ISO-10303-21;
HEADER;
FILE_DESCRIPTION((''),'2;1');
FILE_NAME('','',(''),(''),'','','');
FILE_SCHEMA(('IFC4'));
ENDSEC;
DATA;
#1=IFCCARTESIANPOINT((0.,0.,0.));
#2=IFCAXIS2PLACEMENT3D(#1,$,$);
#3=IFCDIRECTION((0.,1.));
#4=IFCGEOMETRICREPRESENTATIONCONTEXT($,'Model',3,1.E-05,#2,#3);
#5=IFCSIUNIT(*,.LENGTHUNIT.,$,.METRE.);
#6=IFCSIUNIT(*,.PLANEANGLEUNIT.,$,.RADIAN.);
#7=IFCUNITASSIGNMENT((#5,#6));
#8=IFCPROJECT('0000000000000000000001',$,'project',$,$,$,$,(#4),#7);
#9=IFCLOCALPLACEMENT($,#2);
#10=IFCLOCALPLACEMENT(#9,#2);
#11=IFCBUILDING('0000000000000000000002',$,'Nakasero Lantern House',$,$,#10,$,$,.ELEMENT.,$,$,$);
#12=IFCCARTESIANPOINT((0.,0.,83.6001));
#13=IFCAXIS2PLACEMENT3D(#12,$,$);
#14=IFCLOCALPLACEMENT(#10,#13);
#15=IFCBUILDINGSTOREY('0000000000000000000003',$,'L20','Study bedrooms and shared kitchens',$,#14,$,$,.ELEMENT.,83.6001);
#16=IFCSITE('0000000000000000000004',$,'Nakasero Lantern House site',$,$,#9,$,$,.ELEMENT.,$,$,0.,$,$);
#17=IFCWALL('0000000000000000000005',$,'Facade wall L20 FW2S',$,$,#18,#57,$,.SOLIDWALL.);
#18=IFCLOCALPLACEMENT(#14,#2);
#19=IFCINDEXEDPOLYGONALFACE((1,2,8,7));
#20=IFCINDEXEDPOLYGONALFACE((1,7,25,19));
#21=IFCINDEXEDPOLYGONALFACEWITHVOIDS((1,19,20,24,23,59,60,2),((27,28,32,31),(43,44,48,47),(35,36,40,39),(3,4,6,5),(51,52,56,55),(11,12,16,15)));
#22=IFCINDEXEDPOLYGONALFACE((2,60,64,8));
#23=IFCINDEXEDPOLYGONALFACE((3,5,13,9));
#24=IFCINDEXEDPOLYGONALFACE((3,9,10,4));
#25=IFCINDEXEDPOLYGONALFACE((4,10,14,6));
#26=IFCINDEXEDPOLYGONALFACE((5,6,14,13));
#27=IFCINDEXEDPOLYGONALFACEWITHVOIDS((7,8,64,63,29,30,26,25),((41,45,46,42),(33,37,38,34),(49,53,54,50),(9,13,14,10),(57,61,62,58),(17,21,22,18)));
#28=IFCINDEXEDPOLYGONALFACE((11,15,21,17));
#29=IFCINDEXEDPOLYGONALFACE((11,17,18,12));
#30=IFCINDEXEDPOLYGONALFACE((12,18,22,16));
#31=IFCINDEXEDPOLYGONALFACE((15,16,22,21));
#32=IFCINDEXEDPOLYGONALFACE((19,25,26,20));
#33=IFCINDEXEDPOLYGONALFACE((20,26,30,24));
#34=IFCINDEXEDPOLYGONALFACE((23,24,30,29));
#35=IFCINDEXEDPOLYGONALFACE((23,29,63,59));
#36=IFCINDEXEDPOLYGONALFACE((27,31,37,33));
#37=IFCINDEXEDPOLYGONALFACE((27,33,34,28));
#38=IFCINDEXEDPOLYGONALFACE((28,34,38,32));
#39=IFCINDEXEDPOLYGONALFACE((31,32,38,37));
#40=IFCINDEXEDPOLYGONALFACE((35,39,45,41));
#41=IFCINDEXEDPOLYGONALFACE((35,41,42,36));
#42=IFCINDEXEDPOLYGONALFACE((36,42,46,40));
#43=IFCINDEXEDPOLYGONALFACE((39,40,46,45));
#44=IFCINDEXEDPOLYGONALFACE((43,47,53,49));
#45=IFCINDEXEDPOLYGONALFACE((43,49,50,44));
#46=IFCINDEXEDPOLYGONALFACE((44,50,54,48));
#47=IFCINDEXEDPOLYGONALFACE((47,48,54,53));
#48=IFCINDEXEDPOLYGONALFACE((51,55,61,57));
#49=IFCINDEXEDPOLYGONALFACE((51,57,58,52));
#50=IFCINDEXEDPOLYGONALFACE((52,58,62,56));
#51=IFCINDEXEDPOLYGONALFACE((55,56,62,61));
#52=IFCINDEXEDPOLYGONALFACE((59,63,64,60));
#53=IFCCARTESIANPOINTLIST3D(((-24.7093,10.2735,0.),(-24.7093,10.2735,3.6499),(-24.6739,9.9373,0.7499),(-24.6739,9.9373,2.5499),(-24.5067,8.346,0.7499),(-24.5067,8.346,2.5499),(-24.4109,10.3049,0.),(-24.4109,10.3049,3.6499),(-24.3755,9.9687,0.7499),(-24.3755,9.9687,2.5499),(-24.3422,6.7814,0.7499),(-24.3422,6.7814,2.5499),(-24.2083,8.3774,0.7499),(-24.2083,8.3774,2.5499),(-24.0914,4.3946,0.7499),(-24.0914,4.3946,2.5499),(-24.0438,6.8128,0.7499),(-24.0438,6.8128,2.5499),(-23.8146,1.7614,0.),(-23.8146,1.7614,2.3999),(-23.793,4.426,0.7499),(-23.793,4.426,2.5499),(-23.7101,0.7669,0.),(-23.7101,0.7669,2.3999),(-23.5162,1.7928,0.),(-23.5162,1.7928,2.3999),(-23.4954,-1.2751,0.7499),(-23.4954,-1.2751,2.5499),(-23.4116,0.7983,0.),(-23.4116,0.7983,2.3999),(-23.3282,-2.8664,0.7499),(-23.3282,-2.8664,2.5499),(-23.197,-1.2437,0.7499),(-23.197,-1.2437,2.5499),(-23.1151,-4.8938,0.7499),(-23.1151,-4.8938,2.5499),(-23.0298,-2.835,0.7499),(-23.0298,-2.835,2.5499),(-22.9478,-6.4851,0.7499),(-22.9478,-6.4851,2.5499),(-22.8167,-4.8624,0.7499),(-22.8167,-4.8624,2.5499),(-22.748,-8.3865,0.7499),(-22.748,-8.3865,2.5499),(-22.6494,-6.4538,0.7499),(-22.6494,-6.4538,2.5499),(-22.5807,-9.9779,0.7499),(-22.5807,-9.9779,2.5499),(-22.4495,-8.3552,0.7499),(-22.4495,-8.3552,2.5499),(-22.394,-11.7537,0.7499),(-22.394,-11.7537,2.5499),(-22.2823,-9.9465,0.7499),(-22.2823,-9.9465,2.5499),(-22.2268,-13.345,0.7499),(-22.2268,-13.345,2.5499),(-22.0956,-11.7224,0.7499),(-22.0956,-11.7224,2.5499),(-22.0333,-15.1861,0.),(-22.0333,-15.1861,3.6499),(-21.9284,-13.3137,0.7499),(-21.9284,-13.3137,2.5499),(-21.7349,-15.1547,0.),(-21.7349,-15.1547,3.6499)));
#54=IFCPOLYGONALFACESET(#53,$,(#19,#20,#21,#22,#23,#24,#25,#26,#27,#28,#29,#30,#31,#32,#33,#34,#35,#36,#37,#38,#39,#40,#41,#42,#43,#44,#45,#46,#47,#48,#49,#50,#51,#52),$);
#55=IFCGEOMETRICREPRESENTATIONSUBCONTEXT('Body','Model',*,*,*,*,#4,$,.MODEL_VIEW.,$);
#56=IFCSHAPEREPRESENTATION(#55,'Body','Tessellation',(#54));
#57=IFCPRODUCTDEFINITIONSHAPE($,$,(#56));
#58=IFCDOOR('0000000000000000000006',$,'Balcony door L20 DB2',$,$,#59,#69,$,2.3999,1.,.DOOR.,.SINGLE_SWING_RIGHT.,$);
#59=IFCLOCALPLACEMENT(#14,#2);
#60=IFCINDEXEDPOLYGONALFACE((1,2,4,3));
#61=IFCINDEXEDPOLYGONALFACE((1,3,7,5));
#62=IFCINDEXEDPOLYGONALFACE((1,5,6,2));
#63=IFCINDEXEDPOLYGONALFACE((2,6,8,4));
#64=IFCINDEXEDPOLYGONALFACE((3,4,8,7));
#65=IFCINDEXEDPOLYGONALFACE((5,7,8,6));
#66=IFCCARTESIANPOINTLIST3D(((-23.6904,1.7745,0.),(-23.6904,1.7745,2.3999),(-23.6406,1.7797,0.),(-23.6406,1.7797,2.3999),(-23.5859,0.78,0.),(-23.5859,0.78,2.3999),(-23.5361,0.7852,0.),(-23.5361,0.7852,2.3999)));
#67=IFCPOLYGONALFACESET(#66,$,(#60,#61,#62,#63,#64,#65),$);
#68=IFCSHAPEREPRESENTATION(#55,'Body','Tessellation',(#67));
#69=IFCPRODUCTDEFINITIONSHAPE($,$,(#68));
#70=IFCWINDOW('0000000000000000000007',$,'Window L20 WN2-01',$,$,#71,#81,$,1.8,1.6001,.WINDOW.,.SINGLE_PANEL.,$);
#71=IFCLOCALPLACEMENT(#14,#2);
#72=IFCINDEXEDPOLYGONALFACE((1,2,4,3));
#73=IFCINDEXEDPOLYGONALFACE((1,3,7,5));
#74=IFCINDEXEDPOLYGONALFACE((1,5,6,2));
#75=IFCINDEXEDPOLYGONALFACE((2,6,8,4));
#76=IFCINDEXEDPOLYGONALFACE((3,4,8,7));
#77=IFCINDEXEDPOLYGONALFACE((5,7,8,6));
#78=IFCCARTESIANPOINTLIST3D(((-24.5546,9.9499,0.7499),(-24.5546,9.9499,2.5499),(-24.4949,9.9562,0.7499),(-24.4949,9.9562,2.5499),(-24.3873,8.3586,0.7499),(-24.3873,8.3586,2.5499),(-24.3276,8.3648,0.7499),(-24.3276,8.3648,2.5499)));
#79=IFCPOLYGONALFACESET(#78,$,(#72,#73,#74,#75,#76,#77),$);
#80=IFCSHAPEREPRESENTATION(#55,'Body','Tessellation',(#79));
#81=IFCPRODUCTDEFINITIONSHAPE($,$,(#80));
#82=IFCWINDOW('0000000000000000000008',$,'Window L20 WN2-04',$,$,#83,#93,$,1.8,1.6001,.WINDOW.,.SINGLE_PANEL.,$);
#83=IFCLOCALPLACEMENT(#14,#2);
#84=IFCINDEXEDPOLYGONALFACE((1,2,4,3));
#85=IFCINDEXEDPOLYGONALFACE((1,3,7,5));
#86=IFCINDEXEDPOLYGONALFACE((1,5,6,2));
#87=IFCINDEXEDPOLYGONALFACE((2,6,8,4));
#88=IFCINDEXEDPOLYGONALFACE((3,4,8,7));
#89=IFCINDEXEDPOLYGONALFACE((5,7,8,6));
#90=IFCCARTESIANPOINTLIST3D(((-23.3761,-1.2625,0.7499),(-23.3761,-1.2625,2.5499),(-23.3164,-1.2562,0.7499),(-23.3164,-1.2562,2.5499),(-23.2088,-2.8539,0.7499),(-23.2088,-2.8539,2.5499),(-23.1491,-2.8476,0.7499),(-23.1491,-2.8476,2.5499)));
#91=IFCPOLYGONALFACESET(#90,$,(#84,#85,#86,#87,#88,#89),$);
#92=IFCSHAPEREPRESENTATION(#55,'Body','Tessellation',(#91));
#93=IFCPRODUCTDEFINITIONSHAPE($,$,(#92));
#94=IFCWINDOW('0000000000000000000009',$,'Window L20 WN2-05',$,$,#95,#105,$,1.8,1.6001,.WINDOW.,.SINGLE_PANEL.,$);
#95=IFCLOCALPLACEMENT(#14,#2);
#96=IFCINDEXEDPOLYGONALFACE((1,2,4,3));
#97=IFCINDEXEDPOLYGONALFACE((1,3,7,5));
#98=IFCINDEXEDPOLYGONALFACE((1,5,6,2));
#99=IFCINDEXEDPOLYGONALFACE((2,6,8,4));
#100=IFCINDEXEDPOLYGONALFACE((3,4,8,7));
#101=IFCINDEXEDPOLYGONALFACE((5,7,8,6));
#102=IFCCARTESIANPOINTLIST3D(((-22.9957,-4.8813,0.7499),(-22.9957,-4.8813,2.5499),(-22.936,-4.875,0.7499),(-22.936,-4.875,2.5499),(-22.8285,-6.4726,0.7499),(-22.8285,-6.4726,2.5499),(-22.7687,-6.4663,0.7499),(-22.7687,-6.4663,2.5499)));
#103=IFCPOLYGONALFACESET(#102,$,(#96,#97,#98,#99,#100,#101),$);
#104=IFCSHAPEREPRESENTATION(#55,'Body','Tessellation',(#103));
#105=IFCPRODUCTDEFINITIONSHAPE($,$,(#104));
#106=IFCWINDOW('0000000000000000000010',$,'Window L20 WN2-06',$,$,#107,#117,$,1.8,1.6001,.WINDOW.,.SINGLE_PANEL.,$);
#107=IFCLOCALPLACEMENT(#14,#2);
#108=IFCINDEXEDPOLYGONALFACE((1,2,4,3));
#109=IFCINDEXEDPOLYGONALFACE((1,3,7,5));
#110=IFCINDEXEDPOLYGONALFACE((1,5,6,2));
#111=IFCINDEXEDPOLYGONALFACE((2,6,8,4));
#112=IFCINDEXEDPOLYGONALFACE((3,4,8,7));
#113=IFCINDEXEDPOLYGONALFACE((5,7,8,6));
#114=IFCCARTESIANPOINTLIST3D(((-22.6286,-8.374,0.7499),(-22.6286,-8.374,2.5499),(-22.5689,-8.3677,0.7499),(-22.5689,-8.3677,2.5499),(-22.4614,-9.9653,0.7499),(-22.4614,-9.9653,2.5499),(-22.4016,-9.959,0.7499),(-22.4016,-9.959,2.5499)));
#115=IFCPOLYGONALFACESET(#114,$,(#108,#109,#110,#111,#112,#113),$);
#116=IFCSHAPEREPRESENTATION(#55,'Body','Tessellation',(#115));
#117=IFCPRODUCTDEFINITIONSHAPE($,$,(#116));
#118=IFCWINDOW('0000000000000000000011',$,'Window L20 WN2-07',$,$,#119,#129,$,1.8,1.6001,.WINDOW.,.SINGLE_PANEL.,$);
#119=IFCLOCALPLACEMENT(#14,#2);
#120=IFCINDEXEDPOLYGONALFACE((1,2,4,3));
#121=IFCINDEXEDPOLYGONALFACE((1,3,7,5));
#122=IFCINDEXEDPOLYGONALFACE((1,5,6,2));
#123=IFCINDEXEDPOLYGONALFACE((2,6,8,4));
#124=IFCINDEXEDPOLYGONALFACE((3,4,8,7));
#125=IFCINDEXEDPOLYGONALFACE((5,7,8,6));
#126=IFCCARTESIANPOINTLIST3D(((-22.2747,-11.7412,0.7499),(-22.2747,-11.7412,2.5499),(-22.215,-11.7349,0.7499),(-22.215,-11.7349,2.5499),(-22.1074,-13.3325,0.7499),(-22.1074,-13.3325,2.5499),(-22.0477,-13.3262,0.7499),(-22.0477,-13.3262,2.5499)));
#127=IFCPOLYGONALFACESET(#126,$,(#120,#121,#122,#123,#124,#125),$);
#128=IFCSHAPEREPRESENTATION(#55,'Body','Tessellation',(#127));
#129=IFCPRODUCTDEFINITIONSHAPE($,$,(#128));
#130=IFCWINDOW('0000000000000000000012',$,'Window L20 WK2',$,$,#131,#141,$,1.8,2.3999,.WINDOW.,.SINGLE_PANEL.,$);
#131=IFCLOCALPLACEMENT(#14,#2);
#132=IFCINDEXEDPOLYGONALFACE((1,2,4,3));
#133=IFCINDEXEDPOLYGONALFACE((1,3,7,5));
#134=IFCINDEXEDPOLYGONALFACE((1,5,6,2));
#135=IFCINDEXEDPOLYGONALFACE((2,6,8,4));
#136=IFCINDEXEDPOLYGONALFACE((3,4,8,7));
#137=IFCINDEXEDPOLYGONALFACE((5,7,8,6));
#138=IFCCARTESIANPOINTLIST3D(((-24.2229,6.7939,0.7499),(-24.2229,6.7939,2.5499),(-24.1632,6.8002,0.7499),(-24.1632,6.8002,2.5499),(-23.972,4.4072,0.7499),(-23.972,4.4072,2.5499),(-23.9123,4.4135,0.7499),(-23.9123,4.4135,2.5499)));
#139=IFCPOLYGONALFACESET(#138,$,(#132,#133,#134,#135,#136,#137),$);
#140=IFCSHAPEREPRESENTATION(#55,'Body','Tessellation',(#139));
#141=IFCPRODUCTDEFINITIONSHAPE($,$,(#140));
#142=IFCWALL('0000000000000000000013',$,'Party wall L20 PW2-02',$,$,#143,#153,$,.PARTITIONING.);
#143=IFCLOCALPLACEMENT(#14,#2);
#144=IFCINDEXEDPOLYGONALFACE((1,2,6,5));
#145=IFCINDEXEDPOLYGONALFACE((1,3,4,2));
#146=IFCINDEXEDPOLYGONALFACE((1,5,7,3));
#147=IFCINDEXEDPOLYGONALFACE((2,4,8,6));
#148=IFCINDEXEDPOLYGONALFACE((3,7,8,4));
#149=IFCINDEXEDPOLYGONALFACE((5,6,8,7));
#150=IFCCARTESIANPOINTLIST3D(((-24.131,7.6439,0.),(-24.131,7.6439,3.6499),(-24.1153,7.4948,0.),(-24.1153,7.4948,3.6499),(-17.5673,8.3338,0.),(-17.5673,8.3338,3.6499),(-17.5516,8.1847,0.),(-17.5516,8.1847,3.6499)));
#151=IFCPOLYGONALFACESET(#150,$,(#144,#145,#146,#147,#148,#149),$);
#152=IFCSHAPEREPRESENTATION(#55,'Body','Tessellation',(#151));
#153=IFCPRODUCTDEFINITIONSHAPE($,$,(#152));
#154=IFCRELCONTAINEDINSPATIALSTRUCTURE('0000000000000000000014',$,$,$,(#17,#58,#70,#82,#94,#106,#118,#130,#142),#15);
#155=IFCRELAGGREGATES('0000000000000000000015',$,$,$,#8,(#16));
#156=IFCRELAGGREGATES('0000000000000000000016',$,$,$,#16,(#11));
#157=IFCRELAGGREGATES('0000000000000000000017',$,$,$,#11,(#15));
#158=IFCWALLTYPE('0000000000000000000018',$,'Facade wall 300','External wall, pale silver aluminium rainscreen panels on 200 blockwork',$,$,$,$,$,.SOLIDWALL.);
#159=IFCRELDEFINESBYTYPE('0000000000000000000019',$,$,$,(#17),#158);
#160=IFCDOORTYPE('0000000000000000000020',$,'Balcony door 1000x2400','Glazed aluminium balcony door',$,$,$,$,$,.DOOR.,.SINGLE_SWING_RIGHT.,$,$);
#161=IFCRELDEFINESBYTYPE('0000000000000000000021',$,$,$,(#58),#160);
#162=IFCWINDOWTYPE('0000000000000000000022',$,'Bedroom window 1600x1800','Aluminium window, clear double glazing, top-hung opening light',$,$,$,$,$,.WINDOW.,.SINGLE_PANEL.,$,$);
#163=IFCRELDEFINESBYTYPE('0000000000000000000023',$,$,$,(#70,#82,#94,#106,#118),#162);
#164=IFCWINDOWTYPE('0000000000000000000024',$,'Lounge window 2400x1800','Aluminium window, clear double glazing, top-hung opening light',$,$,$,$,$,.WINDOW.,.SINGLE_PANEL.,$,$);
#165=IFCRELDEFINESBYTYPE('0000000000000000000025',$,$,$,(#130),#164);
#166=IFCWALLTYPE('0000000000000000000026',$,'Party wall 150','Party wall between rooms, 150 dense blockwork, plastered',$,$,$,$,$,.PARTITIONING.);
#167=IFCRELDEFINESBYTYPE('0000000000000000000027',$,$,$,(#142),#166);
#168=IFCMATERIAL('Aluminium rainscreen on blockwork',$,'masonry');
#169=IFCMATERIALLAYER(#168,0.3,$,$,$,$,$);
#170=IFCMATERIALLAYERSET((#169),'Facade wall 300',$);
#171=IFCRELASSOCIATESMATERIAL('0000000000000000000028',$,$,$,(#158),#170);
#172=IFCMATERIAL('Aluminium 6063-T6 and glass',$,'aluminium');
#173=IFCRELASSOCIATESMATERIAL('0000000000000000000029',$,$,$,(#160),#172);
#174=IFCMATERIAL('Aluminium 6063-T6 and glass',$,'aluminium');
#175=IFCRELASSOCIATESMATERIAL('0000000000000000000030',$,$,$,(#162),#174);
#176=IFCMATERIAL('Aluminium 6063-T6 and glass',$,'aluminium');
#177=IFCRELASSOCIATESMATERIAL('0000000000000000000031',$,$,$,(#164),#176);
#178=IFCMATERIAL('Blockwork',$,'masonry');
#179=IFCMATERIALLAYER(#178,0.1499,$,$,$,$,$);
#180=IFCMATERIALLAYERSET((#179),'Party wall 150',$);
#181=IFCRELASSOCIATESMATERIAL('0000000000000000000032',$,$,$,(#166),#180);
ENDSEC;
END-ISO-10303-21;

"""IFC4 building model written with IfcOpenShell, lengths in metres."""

from ifc_helpers import new_model, si_unit, direction, frame, frame_2d, origin, place, context, subcontext, project, spatial, rectangle, extrude, material, layer, layer_set, type_object, element, fill, save


model = new_model("IFC4")

# Units and contexts
model_context = context("Model", 3, precision=1e-05, world=origin(), true_north=direction((0.0, 1.0)))
body_context = subcontext(model_context, "Body", "Model", "MODEL_VIEW")
ifc_project = project(units=[si_unit("LENGTHUNIT", "METRE"), si_unit("PLANEANGLEUNIT", "RADIAN")], contexts=[model_context])

# Site, building, storey
site_placement = place(None, origin())
site = spatial("IfcSite", under=ifc_project, at=site_placement, Name="Nakasero Lantern House site", CompositionType="ELEMENT", RefElevation=0.0)
building_placement = place(site_placement, origin())
building = spatial("IfcBuilding", under=site, at=building_placement, Name="Nakasero Lantern House", CompositionType="ELEMENT")
storey_placement = place(building_placement, frame((0.0, 0.0, 83.6001)))
storey = spatial("IfcBuildingStorey", under=building, at=storey_placement, Name="L20", Description="Study bedrooms and shared kitchens", CompositionType="ELEMENT", Elevation=83.6001)

# Wall, openings, door, windows
ifc_material_1 = material(Name="Aluminium rainscreen on blockwork", Category="masonry")
ifc_layer_1 = layer(ifc_material_1, 0.3)
ifc_layer_set_1 = layer_set([ifc_layer_1], Name="Facade wall 300")
wall_type_1 = type_object("IfcWallType", Name="Facade wall 300", Description="External wall, pale silver aluminium rainscreen panels on 200 blockwork", PredefinedType="SOLIDWALL", material=ifc_layer_set_1)
wall_1_placement = place(storey_placement, frame((-24.5601, 10.2891, 0.0), z_axis=(0.0, 0.0, 1.0), x_axis=(0.104532, -0.994521, 0.0)))
wall_1 = element("IfcWall", 1, at=wall_1_placement, inside=storey, type_object=wall_type_1, Name="Facade wall L20 FW2S", PredefinedType="SOLIDWALL", context=body_context, shape_type="SweptSolid", body=[
    extrude(rectangle(XDim=25.5999, YDim=0.3, at=frame_2d((12.7998, 0.0))), origin(), (0.0, 0.0, 1.0), 3.6499),
])
opening_1_placement = place(wall_1_placement, frame((0.3379, 0.0, 0.75)))
opening_1 = element("IfcOpeningElement", 2, at=opening_1_placement, cuts=wall_1, PredefinedType="OPENING", context=body_context, shape_type="SweptSolid", body=[
    extrude(rectangle(XDim=1.6001, YDim=1.8, at=frame_2d((0.8, 0.8999))), frame((0.0, 0.1699, 0.0), z_axis=(0.0, -1.0, 0.0), x_axis=(1.0, 0.0, 0.0)), (0.0, 0.0, 1.0), 0.3401),
])
opening_2_placement = place(wall_1_placement, frame((11.6121, 0.0, 0.75)))
opening_2 = element("IfcOpeningElement", 3, at=opening_2_placement, cuts=wall_1, PredefinedType="OPENING", context=body_context, shape_type="SweptSolid", body=[
    extrude(rectangle(XDim=1.6001, YDim=1.8, at=frame_2d((0.8, 0.8999))), frame((0.0, 0.1699, 0.0), z_axis=(0.0, -1.0, 0.0), x_axis=(1.0, 0.0, 0.0)), (0.0, 0.0, 1.0), 0.3401),
])
opening_3_placement = place(wall_1_placement, frame((15.2507, 0.0, 0.75)))
opening_3 = element("IfcOpeningElement", 4, at=opening_3_placement, cuts=wall_1, PredefinedType="OPENING", context=body_context, shape_type="SweptSolid", body=[
    extrude(rectangle(XDim=1.6001, YDim=1.8, at=frame_2d((0.8, 0.8999))), frame((0.0, 0.1699, 0.0), z_axis=(0.0, -1.0, 0.0), x_axis=(1.0, 0.0, 0.0)), (0.0, 0.0, 1.0), 0.3401),
])
opening_4_placement = place(wall_1_placement, frame((18.7627, 0.0, 0.75)))
opening_4 = element("IfcOpeningElement", 5, at=opening_4_placement, cuts=wall_1, PredefinedType="OPENING", context=body_context, shape_type="SweptSolid", body=[
    extrude(rectangle(XDim=1.6001, YDim=1.8, at=frame_2d((0.8, 0.8999))), frame((0.0, 0.1699, 0.0), z_axis=(0.0, -1.0, 0.0), x_axis=(1.0, 0.0, 0.0)), (0.0, 0.0, 1.0), 0.3401),
])
opening_5_placement = place(wall_1_placement, frame((22.1484, 0.0, 0.75)))
opening_5 = element("IfcOpeningElement", 6, at=opening_5_placement, cuts=wall_1, PredefinedType="OPENING", context=body_context, shape_type="SweptSolid", body=[
    extrude(rectangle(XDim=1.6001, YDim=1.8, at=frame_2d((0.8, 0.8999))), frame((0.0, 0.1699, 0.0), z_axis=(0.0, -1.0, 0.0), x_axis=(1.0, 0.0, 0.0)), (0.0, 0.0, 1.0), 0.3401),
])
opening_6_placement = place(wall_1_placement, frame((3.5112, 0.0, 0.75)))
opening_6 = element("IfcOpeningElement", 7, at=opening_6_placement, cuts=wall_1, PredefinedType="OPENING", context=body_context, shape_type="SweptSolid", body=[
    extrude(rectangle(XDim=2.3999, YDim=1.8, at=frame_2d((1.2, 0.8999))), frame((0.0, 0.1699, 0.0), z_axis=(0.0, -1.0, 0.0), x_axis=(1.0, 0.0, 0.0)), (0.0, 0.0, 1.0), 0.3401),
])
opening_7_placement = place(wall_1_placement, frame((8.5588, 0.0, 0.0)))
opening_7 = element("IfcOpeningElement", 8, at=opening_7_placement, cuts=wall_1, PredefinedType="OPENING", context=body_context, shape_type="SweptSolid", body=[
    extrude(rectangle(XDim=1.0, YDim=2.3999, at=frame_2d((0.5, 1.2))), frame((0.0, 0.1699, 0.0), z_axis=(0.0, -1.0, 0.0), x_axis=(1.0, 0.0, 0.0)), (0.0, 0.0, 1.0), 0.3401),
])
ifc_material_2 = material(Name="Aluminium 6063-T6 and glass", Category="aluminium")
door_type_1 = type_object("IfcDoorType", Name="Balcony door 1000x2400", Description="Glazed aluminium balcony door", OperationType="SINGLE_SWING_RIGHT", PredefinedType="DOOR", material=ifc_material_2)
door_1_placement = place(opening_7_placement, origin())
door_1 = element("IfcDoor", 9, at=door_1_placement, inside=storey, type_object=door_type_1, Name="Balcony door L20 DB2", OperationType="SINGLE_SWING_RIGHT", OverallHeight=2.3999, OverallWidth=1.0, PredefinedType="DOOR", context=body_context, shape_type="SweptSolid", body=[
    extrude(rectangle(XDim=1.0, YDim=2.3999, at=frame_2d((0.5, 1.2))), frame((0.0, 0.0249, 0.0), z_axis=(0.0, -1.0, 0.0), x_axis=(1.0, 0.0, 0.0)), (0.0, 0.0, 1.0), 0.05),
])
fill(opening_7, door_1)
ifc_material_3 = material(Name="Aluminium 6063-T6 and glass", Category="aluminium")
window_type_1 = type_object("IfcWindowType", Name="Bedroom window 1600x1800", Description="Aluminium window, clear double glazing, top-hung opening light", PartitioningType="SINGLE_PANEL", PredefinedType="WINDOW", material=ifc_material_3)
window_1_placement = place(opening_1_placement, origin())
window_1 = element("IfcWindow", 10, at=window_1_placement, inside=storey, type_object=window_type_1, Name="Window L20 WN2-01", OverallHeight=1.8, OverallWidth=1.6001, PartitioningType="SINGLE_PANEL", PredefinedType="WINDOW", context=body_context, shape_type="SweptSolid", body=[
    extrude(rectangle(XDim=1.6001, YDim=1.8, at=frame_2d((0.8, 0.8999))), frame((0.0, 0.03, 0.0), z_axis=(0.0, -1.0, 0.0), x_axis=(1.0, 0.0, 0.0)), (0.0, 0.0, 1.0), 0.0601),
])
fill(opening_1, window_1)
window_2_placement = place(opening_2_placement, origin())
window_2 = element("IfcWindow", 11, at=window_2_placement, inside=storey, type_object=window_type_1, Name="Window L20 WN2-04", OverallHeight=1.8, OverallWidth=1.6001, PartitioningType="SINGLE_PANEL", PredefinedType="WINDOW", context=body_context, shape_type="SweptSolid", body=[
    extrude(rectangle(XDim=1.6001, YDim=1.8, at=frame_2d((0.8, 0.8999))), frame((0.0, 0.03, 0.0), z_axis=(0.0, -1.0, 0.0), x_axis=(1.0, 0.0, 0.0)), (0.0, 0.0, 1.0), 0.0601),
])
fill(opening_2, window_2)
window_3_placement = place(opening_3_placement, origin())
window_3 = element("IfcWindow", 12, at=window_3_placement, inside=storey, type_object=window_type_1, Name="Window L20 WN2-05", OverallHeight=1.8, OverallWidth=1.6001, PartitioningType="SINGLE_PANEL", PredefinedType="WINDOW", context=body_context, shape_type="SweptSolid", body=[
    extrude(rectangle(XDim=1.6001, YDim=1.8, at=frame_2d((0.8, 0.8999))), frame((0.0, 0.03, 0.0), z_axis=(0.0, -1.0, 0.0), x_axis=(1.0, 0.0, 0.0)), (0.0, 0.0, 1.0), 0.0601),
])
fill(opening_3, window_3)
window_4_placement = place(opening_4_placement, origin())
window_4 = element("IfcWindow", 13, at=window_4_placement, inside=storey, type_object=window_type_1, Name="Window L20 WN2-06", OverallHeight=1.8, OverallWidth=1.6001, PartitioningType="SINGLE_PANEL", PredefinedType="WINDOW", context=body_context, shape_type="SweptSolid", body=[
    extrude(rectangle(XDim=1.6001, YDim=1.8, at=frame_2d((0.8, 0.8999))), frame((0.0, 0.03, 0.0), z_axis=(0.0, -1.0, 0.0), x_axis=(1.0, 0.0, 0.0)), (0.0, 0.0, 1.0), 0.0601),
])
fill(opening_4, window_4)
window_5_placement = place(opening_5_placement, origin())
window_5 = element("IfcWindow", 14, at=window_5_placement, inside=storey, type_object=window_type_1, Name="Window L20 WN2-07", OverallHeight=1.8, OverallWidth=1.6001, PartitioningType="SINGLE_PANEL", PredefinedType="WINDOW", context=body_context, shape_type="SweptSolid", body=[
    extrude(rectangle(XDim=1.6001, YDim=1.8, at=frame_2d((0.8, 0.8999))), frame((0.0, 0.03, 0.0), z_axis=(0.0, -1.0, 0.0), x_axis=(1.0, 0.0, 0.0)), (0.0, 0.0, 1.0), 0.0601),
])
fill(opening_5, window_5)
ifc_material_4 = material(Name="Aluminium 6063-T6 and glass", Category="aluminium")
window_type_2 = type_object("IfcWindowType", Name="Lounge window 2400x1800", Description="Aluminium window, clear double glazing, top-hung opening light", PartitioningType="SINGLE_PANEL", PredefinedType="WINDOW", material=ifc_material_4)
window_6_placement = place(opening_6_placement, origin())
window_6 = element("IfcWindow", 15, at=window_6_placement, inside=storey, type_object=window_type_2, Name="Window L20 WK2", OverallHeight=1.8, OverallWidth=2.3999, PartitioningType="SINGLE_PANEL", PredefinedType="WINDOW", context=body_context, shape_type="SweptSolid", body=[
    extrude(rectangle(XDim=2.3999, YDim=1.8, at=frame_2d((1.2, 0.8999))), frame((0.0, 0.03, 0.0), z_axis=(0.0, -1.0, 0.0), x_axis=(1.0, 0.0, 0.0)), (0.0, 0.0, 1.0), 0.0601),
])
fill(opening_6, window_6)

# Wall
ifc_material_5 = material(Name="Blockwork", Category="masonry")
ifc_layer_2 = layer(ifc_material_5, 0.1499)
ifc_layer_set_2 = layer_set([ifc_layer_2], Name="Party wall 150")
wall_type_2 = type_object("IfcWallType", Name="Party wall 150", Description="Party wall between rooms, 150 dense blockwork, plastered", PredefinedType="PARTITIONING", material=ifc_layer_set_2)
wall_2_placement = place(storey_placement, frame((-17.5596, 8.2593, 0.0), z_axis=(0.0, 0.0, 1.0), x_axis=(-0.994521, -0.104538, 0.0)))
element("IfcWall", 16, at=wall_2_placement, inside=storey, type_object=wall_type_2, Name="Party wall L20 PW2-02", PredefinedType="PARTITIONING", context=body_context, shape_type="SweptSolid", body=[
    extrude(rectangle(XDim=6.5999, YDim=0.1499, at=frame_2d((3.2998, 0.0))), origin(), (0.0, 0.0, 1.0), 3.6499),
])

save(model, "model.ifc")
